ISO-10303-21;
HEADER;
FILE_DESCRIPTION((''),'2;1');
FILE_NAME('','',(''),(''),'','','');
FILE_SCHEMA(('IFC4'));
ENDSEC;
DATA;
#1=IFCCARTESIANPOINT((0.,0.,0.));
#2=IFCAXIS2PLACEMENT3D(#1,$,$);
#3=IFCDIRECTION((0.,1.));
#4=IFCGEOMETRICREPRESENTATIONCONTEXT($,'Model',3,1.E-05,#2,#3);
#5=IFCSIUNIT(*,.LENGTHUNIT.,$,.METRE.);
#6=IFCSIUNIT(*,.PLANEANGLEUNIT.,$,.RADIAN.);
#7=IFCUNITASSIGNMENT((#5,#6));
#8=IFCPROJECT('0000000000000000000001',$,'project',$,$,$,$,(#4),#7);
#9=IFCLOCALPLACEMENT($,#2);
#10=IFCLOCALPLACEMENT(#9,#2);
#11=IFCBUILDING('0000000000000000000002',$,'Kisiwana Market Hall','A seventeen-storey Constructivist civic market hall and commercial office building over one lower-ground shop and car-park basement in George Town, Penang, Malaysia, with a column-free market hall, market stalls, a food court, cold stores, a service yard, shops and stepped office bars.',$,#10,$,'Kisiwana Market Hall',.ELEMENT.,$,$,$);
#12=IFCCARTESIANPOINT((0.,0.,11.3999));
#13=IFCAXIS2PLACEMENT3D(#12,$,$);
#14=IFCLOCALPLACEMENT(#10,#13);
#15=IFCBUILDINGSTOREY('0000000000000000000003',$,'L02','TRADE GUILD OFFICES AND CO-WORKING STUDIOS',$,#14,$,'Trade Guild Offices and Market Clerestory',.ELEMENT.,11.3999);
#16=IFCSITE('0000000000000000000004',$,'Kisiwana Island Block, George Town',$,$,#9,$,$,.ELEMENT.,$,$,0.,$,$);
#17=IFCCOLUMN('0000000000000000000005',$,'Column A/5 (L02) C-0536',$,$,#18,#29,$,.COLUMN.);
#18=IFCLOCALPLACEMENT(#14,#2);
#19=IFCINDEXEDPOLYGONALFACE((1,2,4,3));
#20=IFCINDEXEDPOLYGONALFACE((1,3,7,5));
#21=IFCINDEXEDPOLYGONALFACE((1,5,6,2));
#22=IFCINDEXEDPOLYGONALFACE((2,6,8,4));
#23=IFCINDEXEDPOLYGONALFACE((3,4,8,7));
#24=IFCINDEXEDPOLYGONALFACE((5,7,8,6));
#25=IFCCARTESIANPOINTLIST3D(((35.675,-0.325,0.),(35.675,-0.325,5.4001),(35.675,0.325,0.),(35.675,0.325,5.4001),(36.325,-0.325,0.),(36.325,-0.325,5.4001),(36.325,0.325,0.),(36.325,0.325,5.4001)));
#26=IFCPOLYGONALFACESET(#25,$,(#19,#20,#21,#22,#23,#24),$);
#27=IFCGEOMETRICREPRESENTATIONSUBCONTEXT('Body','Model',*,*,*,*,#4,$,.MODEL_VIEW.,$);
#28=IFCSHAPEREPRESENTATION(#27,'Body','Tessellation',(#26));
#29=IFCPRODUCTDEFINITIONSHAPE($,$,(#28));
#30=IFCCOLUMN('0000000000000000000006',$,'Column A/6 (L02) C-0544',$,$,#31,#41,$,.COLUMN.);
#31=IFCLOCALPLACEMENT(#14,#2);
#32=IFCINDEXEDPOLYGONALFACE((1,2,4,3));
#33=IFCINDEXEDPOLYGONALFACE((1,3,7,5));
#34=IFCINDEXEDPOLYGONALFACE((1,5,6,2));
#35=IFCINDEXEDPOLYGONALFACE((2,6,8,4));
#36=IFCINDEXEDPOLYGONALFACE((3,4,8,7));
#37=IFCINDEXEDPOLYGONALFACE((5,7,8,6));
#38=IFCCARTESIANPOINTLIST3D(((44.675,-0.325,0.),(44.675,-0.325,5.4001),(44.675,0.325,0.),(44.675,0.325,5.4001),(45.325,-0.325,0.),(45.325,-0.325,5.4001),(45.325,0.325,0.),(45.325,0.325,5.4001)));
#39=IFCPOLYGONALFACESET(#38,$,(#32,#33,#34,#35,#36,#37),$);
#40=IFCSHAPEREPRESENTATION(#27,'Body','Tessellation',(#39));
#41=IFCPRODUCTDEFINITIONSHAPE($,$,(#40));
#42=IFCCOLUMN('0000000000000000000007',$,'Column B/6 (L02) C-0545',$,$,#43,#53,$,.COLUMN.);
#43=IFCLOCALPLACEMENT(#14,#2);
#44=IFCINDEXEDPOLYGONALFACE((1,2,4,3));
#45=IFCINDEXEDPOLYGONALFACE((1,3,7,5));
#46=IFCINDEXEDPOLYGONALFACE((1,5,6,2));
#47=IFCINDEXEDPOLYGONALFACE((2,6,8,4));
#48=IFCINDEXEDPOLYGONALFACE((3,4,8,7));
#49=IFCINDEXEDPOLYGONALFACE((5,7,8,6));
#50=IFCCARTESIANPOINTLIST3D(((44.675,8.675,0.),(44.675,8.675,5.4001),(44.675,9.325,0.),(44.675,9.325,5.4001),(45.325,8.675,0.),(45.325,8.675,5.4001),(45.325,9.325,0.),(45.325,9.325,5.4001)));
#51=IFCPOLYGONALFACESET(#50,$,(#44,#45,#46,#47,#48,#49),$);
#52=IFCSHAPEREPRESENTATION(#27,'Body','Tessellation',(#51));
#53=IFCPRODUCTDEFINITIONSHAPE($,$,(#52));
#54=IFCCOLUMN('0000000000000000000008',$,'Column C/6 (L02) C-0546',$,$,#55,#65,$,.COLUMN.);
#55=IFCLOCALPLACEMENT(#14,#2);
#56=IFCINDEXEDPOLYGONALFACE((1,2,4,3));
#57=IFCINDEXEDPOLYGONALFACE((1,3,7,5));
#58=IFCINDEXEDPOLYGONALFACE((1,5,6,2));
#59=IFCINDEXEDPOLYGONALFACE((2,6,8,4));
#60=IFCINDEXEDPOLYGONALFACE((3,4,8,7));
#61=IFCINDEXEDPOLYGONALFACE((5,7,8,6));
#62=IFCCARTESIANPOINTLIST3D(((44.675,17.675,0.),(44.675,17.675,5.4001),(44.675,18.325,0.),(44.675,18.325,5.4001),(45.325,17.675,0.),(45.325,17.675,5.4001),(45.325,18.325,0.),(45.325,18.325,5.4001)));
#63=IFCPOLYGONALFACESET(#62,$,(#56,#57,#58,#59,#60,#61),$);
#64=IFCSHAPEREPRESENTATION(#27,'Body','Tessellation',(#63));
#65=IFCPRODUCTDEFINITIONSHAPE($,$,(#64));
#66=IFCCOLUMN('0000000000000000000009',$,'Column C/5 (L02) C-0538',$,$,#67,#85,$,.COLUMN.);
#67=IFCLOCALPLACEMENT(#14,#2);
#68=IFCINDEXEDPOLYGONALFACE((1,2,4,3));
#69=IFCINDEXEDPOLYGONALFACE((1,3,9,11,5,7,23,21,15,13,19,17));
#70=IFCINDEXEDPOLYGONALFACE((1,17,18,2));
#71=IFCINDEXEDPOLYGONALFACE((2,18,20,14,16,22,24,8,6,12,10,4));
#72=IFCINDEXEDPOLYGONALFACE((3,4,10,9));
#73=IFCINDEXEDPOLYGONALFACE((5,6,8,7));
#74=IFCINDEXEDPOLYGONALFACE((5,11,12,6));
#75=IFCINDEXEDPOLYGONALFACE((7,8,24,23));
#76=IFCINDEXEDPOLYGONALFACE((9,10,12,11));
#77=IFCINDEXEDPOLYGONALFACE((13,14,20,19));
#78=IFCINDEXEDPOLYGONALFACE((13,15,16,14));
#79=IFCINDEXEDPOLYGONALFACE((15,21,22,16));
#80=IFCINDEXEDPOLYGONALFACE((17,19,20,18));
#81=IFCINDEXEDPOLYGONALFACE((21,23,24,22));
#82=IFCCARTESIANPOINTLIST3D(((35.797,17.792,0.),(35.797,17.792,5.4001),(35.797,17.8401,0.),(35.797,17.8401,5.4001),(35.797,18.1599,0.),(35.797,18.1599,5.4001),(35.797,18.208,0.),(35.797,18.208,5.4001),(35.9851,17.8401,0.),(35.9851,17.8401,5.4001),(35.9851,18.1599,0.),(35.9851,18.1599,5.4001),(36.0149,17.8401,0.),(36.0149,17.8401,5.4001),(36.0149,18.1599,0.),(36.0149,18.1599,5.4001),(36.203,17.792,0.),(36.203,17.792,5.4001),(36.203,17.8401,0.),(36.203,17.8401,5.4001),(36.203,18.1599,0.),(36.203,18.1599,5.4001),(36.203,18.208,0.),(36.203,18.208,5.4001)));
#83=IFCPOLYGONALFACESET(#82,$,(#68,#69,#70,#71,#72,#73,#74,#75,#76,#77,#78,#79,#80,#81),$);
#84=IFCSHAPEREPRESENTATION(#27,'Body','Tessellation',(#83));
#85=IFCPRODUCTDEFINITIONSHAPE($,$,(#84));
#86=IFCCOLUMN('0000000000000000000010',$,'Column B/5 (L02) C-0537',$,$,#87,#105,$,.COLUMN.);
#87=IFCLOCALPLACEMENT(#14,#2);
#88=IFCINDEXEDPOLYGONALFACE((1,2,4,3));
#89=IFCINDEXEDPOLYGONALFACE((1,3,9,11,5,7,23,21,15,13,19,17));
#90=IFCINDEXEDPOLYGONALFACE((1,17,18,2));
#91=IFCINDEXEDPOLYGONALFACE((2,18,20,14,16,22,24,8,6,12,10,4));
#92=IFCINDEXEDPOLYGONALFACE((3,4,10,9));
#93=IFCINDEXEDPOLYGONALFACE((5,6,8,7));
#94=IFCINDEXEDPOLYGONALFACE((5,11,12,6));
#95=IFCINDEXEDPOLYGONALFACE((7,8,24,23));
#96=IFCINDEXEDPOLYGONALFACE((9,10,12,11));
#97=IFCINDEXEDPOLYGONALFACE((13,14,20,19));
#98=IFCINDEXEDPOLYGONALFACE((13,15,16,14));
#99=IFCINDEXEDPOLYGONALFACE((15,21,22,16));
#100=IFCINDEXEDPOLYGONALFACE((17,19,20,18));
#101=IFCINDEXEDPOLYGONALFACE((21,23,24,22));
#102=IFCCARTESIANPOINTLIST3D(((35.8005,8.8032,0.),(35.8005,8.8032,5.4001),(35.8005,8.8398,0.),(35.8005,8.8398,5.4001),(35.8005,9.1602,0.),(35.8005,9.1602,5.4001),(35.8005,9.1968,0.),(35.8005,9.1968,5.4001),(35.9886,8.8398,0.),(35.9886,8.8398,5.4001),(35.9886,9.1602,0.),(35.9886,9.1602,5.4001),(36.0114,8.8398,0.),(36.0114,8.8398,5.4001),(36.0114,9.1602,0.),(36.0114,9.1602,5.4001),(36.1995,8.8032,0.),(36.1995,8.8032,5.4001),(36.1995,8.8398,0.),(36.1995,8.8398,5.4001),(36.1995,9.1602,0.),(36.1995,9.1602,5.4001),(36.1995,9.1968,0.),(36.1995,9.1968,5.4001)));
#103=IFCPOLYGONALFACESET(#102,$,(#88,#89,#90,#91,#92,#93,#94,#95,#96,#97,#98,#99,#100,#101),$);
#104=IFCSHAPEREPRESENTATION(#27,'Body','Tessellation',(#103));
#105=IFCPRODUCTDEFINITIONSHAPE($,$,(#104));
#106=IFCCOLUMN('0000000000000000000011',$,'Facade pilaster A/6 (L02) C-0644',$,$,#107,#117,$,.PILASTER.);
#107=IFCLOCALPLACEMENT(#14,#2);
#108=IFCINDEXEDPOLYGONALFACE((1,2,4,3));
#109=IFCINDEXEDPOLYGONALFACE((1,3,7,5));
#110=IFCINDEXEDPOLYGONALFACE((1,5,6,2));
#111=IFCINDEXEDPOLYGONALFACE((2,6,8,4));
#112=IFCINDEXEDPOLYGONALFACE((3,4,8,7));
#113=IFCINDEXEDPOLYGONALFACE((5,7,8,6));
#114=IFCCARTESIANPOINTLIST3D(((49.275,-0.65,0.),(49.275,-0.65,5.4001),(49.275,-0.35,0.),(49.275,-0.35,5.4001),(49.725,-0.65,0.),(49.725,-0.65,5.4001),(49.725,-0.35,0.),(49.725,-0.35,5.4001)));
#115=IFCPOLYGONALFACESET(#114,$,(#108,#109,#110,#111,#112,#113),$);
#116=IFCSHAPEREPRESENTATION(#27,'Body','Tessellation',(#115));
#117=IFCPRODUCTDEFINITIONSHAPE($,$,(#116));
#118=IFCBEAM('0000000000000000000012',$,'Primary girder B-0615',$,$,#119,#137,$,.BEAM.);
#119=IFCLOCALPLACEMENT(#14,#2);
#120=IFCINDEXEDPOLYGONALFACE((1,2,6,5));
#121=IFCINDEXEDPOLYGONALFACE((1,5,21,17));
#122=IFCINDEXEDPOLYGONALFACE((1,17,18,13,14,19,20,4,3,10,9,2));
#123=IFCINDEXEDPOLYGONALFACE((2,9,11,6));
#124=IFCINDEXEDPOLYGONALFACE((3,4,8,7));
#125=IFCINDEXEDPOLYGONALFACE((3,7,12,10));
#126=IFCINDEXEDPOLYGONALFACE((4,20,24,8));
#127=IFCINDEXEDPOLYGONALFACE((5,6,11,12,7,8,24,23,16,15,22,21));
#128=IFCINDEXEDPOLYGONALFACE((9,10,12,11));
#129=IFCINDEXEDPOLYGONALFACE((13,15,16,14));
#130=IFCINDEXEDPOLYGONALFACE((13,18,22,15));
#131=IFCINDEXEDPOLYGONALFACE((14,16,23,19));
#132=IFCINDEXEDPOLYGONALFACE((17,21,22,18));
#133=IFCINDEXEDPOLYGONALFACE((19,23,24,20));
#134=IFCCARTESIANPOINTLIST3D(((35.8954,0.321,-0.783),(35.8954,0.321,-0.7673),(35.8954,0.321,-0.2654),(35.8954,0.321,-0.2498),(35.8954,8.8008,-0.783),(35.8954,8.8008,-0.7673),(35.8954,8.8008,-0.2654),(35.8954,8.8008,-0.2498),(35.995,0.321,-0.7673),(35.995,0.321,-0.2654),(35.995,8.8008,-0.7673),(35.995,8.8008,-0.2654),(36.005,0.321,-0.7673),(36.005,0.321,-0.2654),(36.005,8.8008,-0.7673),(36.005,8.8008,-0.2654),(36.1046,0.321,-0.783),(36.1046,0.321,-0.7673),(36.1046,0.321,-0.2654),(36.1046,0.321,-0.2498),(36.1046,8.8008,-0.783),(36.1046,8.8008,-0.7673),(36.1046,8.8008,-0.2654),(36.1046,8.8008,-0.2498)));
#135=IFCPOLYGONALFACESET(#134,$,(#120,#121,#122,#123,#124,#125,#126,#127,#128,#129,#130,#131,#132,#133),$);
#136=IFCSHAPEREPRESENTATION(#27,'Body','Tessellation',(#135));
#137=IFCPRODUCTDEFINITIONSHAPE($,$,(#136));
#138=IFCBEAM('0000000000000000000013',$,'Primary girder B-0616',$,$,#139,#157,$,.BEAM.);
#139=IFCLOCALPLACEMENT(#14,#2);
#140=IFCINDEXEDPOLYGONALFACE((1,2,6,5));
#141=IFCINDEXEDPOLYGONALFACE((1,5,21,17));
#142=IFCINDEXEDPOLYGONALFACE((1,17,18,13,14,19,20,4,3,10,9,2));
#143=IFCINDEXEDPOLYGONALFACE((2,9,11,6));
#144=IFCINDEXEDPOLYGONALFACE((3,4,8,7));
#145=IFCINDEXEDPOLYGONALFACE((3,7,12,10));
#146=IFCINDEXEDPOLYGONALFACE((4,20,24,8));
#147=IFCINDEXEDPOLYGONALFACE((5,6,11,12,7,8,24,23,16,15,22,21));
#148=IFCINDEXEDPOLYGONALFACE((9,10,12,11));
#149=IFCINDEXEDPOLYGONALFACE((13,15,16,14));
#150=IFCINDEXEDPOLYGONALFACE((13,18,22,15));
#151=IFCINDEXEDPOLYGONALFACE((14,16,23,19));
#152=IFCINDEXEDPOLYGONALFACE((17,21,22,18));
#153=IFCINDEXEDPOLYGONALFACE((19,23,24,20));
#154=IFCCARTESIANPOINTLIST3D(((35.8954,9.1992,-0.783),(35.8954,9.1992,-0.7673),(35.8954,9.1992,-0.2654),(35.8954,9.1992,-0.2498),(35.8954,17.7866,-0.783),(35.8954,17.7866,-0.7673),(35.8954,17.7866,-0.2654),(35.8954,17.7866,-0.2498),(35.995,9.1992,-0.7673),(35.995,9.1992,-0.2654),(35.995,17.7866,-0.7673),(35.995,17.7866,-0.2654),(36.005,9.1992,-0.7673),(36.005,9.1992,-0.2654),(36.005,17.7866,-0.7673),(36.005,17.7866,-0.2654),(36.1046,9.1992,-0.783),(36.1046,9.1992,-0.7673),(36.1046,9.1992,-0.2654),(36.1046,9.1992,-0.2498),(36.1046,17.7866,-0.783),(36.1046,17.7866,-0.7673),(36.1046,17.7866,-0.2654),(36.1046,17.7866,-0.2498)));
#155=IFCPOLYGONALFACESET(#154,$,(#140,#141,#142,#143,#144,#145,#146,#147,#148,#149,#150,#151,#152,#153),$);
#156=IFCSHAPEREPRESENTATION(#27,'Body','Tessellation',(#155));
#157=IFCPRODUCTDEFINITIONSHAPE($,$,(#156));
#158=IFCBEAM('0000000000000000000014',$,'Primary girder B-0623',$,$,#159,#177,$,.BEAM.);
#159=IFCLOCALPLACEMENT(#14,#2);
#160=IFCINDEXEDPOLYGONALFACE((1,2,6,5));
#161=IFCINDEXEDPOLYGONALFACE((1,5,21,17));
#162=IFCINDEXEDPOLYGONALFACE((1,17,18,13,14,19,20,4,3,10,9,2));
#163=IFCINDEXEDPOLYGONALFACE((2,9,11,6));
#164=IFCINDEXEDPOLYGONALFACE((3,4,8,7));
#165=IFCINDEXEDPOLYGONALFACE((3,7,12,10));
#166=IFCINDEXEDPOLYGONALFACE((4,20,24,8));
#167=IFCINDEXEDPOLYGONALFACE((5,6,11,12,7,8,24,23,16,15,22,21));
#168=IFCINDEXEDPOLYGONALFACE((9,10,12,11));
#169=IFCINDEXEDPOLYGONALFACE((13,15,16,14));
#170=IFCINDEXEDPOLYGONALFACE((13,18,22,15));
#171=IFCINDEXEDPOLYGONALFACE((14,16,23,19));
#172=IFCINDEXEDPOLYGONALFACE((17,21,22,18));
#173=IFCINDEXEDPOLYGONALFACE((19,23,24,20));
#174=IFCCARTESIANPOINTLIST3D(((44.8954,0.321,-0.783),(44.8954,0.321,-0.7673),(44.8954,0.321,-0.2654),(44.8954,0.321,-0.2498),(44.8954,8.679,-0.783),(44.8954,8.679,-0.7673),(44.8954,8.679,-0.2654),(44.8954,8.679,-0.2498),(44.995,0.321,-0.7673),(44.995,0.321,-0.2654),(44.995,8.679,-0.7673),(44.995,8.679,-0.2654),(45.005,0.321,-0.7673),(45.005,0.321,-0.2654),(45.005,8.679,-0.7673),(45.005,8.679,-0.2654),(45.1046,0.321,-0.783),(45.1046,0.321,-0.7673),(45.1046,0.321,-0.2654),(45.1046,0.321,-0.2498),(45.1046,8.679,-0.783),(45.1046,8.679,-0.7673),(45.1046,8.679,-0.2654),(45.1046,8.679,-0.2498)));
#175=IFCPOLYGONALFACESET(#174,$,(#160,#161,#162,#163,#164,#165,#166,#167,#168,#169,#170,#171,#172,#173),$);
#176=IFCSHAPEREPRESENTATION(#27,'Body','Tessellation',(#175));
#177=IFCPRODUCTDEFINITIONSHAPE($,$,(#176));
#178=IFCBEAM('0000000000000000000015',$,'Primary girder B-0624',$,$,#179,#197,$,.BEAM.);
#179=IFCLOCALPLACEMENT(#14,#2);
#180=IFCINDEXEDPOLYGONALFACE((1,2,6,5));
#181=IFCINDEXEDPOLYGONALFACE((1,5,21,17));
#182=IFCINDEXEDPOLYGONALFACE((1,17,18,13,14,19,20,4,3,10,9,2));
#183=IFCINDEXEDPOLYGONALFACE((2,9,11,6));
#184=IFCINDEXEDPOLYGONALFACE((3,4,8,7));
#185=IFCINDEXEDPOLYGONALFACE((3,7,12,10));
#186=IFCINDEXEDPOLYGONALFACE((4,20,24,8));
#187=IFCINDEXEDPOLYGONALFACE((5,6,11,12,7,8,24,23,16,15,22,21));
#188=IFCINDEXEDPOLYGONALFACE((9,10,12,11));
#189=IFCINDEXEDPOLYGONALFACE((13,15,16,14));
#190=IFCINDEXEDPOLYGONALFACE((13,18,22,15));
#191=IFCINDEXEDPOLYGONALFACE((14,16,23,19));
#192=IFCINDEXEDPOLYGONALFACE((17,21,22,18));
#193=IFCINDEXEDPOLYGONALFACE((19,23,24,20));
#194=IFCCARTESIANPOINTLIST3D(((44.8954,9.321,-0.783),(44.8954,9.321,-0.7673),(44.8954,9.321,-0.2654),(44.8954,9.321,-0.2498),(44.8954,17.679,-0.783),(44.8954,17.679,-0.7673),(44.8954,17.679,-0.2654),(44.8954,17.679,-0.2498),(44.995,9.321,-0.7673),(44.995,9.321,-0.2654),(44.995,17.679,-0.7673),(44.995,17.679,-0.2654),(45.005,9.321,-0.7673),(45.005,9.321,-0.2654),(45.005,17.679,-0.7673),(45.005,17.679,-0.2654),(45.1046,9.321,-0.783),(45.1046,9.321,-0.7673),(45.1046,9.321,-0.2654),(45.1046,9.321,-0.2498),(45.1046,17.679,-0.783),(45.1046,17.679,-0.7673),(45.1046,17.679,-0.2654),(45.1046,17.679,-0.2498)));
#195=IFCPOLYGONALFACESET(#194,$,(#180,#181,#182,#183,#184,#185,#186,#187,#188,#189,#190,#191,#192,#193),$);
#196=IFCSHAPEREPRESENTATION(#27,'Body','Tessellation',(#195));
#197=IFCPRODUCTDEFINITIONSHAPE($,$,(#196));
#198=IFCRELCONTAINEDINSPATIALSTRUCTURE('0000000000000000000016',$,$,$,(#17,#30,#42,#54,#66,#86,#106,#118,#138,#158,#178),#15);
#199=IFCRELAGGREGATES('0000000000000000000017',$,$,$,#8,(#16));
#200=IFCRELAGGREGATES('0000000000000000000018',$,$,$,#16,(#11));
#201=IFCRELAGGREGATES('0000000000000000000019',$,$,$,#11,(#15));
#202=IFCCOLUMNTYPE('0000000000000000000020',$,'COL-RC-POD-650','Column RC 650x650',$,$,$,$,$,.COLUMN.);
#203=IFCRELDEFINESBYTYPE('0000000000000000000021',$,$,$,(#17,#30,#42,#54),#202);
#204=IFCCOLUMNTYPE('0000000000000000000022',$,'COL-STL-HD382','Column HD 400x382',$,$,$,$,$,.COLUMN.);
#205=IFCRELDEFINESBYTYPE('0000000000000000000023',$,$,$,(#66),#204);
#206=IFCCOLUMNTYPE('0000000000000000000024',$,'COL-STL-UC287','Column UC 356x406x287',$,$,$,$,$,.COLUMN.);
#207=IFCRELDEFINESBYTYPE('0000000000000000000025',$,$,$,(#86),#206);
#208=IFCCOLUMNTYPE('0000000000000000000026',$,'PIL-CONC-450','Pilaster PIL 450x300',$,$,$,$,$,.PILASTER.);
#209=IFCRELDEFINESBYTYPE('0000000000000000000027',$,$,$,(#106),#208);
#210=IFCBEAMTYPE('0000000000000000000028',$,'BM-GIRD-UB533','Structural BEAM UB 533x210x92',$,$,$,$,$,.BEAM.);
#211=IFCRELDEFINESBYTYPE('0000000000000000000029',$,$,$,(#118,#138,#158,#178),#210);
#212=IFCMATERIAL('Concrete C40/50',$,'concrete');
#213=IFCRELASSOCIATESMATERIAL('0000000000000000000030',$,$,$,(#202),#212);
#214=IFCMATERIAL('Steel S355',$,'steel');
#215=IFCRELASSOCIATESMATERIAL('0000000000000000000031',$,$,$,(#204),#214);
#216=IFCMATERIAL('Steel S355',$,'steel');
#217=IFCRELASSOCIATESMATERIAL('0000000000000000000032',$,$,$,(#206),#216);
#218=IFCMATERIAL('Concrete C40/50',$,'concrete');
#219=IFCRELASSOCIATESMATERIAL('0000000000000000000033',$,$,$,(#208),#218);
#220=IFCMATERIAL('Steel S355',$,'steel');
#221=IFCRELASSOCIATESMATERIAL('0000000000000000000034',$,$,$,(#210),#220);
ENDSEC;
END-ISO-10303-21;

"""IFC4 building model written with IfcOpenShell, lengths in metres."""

from ifc_helpers import new_model, si_unit, direction, frame, origin, origin_2d, place, context, subcontext, project, spatial, rectangle, i_section, extrude, material, material_profile, profile_set, type_object, element, save


model = new_model("IFC4")

# Units and contexts
model_context = context("Model", 3, precision=1e-05, world=origin(), true_north=direction((0.0, 1.0)))
body_context = subcontext(model_context, "Body", "Model", "MODEL_VIEW")
ifc_project = project(units=[si_unit("LENGTHUNIT", "METRE"), si_unit("PLANEANGLEUNIT", "RADIAN")], contexts=[model_context])

# Site, building, storey
site_placement = place(None, origin())
site = spatial("IfcSite", under=ifc_project, at=site_placement, Name="Kisiwana Island Block, George Town", CompositionType="ELEMENT", RefElevation=0.0)
building_placement = place(site_placement, origin())
building = spatial("IfcBuilding", under=site, at=building_placement, Name="Kisiwana Market Hall", Description="A seventeen-storey Constructivist civic market hall and commercial office building over one lower-ground shop and car-park basement in George Town, Penang, Malaysia, with a column-free market hall, market stalls, a food court, cold stores, a service yard, shops and stepped office bars.", LongName="Kisiwana Market Hall", CompositionType="ELEMENT")
storey_placement = place(building_placement, frame((0.0, 0.0, 11.3999)))
storey = spatial("IfcBuildingStorey", under=building, at=storey_placement, Name="L02", Description="TRADE GUILD OFFICES AND CO-WORKING STUDIOS", LongName="Trade Guild Offices and Market Clerestory", CompositionType="ELEMENT", Elevation=11.3999)

# Columns
ifc_material_1 = material(Name="Concrete C40/50", Category="concrete")
ifc_material_profile_1 = material_profile(ifc_material_1, rectangle(XDim=0.6499, YDim=0.6499, at=origin_2d()), Name="RC 650x650")
ifc_profile_set_1 = profile_set([ifc_material_profile_1], Name="Concrete C40/50")
column_type_1 = type_object("IfcColumnType", Name="COL-RC-POD-650", Description="Column RC 650x650", PredefinedType="COLUMN", material=ifc_profile_set_1)
for number, where, z_axis, x_axis, name in (
    (1, (36.0, 0.0, 0.0), (0.0, 0.0, 1.0), (1.0, 0.0, 0.0), "Column A/5 (L02) C-0536"),
    (2, (45.0, 0.0, 0.0), (0.0, 0.0, 1.0), (1.0, 0.0, 0.0), "Column A/6 (L02) C-0544"),
    (3, (45.0, 9.0, 0.0), (0.0, 0.0, 1.0), (1.0, 0.0, 0.0), "Column B/6 (L02) C-0545"),
    (4, (45.0, 18.0, 0.0), (0.0, 0.0, 1.0), (1.0, 0.0, 0.0), "Column C/6 (L02) C-0546"),
):
    element("IfcColumn", number, at=place(storey_placement, frame(where, z_axis=z_axis, x_axis=x_axis)), inside=storey, type_object=column_type_1, Name=name, PredefinedType="COLUMN", context=body_context, shape_type="SweptSolid", body=[
        extrude(rectangle(XDim=0.6499, YDim=0.6499, at=origin_2d()), origin(), (0.0, 0.0, 1.0), 5.4001),
    ])
ifc_material_2 = material(Name="Steel S355", Category="steel")
ifc_material_profile_2 = material_profile(ifc_material_2, i_section(OverallWidth=0.406, OverallDepth=0.416, WebThickness=0.0298, FlangeThickness=0.0481, at=origin_2d()), Name="HD 400x382")
ifc_profile_set_2 = profile_set([ifc_material_profile_2], Name="Steel S355")
column_type_2 = type_object("IfcColumnType", Name="COL-STL-HD382", Description="Column HD 400x382", PredefinedType="COLUMN", material=ifc_profile_set_2)
column_1_placement = place(storey_placement, frame((36.0, 18.0, 0.0), z_axis=(0.0, 0.0, 1.0), x_axis=(1.0, 0.0, 0.0)))
element("IfcColumn", 5, at=column_1_placement, inside=storey, type_object=column_type_2, Name="Column C/5 (L02) C-0538", PredefinedType="COLUMN", context=body_context, shape_type="SweptSolid", body=[
    extrude(i_section(OverallWidth=0.406, OverallDepth=0.416, WebThickness=0.0298, FlangeThickness=0.0481, at=origin_2d()), origin(), (0.0, 0.0, 1.0), 5.4001),
])
ifc_material_3 = material(Name="Steel S355", Category="steel")
ifc_material_profile_3 = material_profile(ifc_material_3, i_section(OverallWidth=0.3989, OverallDepth=0.3936, WebThickness=0.0227, FlangeThickness=0.0366, at=origin_2d()), Name="UC 356x406x287")
ifc_profile_set_3 = profile_set([ifc_material_profile_3], Name="Steel S355")
column_type_3 = type_object("IfcColumnType", Name="COL-STL-UC287", Description="Column UC 356x406x287", PredefinedType="COLUMN", material=ifc_profile_set_3)
column_2_placement = place(storey_placement, frame((36.0, 9.0, 0.0), z_axis=(0.0, 0.0, 1.0), x_axis=(1.0, 0.0, 0.0)))
element("IfcColumn", 6, at=column_2_placement, inside=storey, type_object=column_type_3, Name="Column B/5 (L02) C-0537", PredefinedType="COLUMN", context=body_context, shape_type="SweptSolid", body=[
    extrude(i_section(OverallWidth=0.3989, OverallDepth=0.3936, WebThickness=0.0227, FlangeThickness=0.0366, at=origin_2d()), origin(), (0.0, 0.0, 1.0), 5.4001),
])
ifc_material_4 = material(Name="Concrete C40/50", Category="concrete")
ifc_material_profile_4 = material_profile(ifc_material_4, rectangle(XDim=0.45, YDim=0.3, at=origin_2d()), Name="PIL 450x300")
ifc_profile_set_4 = profile_set([ifc_material_profile_4], Name="Concrete C40/50")
column_type_4 = type_object("IfcColumnType", Name="PIL-CONC-450", Description="Pilaster PIL 450x300", PredefinedType="PILASTER", material=ifc_profile_set_4)
column_3_placement = place(storey_placement, frame((49.5, -0.5, 0.0), z_axis=(0.0, 0.0, 1.0), x_axis=(1.0, 0.0, 0.0)))
element("IfcColumn", 7, at=column_3_placement, inside=storey, type_object=column_type_4, Name="Facade pilaster A/6 (L02) C-0644", PredefinedType="PILASTER", context=body_context, shape_type="SweptSolid", body=[
    extrude(rectangle(XDim=0.45, YDim=0.3, at=origin_2d()), origin(), (0.0, 0.0, 1.0), 5.4001),
])

# Beams
ifc_material_5 = material(Name="Steel S355", Category="steel")
ifc_material_profile_5 = material_profile(ifc_material_5, i_section(OverallWidth=0.2092, OverallDepth=0.5332, WebThickness=0.01, FlangeThickness=0.0156, at=origin_2d()), Name="UB 533x210x92")
ifc_profile_set_5 = profile_set([ifc_material_profile_5], Name="Steel S355")
beam_type_1 = type_object("IfcBeamType", Name="BM-GIRD-UB533", Description="Structural BEAM UB 533x210x92", PredefinedType="BEAM", material=ifc_profile_set_5)
beam_1_placement = place(storey_placement, frame((36.0, 0.321, -0.5164), z_axis=(0.0, 1.0, 0.0), x_axis=(-1.0, 0.0, 0.0)))
element("IfcBeam", 8, at=beam_1_placement, inside=storey, type_object=beam_type_1, Name="Primary girder B-0615", PredefinedType="BEAM", context=body_context, shape_type="SweptSolid", body=[
    extrude(i_section(OverallWidth=0.2092, OverallDepth=0.5332, WebThickness=0.01, FlangeThickness=0.0156, at=origin_2d()), origin(), (0.0, 0.0, 1.0), 8.4797),
])
beam_2_placement = place(storey_placement, frame((36.0, 9.1992, -0.5164), z_axis=(0.0, 1.0, 0.0), x_axis=(-1.0, 0.0, 0.0)))
element("IfcBeam", 9, at=beam_2_placement, inside=storey, type_object=beam_type_1, Name="Primary girder B-0616", PredefinedType="BEAM", context=body_context, shape_type="SweptSolid", body=[
    extrude(i_section(OverallWidth=0.2092, OverallDepth=0.5332, WebThickness=0.01, FlangeThickness=0.0156, at=origin_2d()), origin(), (0.0, 0.0, 1.0), 8.5874),
])
for number, where, z_axis, x_axis, name in (
    (10, (45.0, 0.321, -0.5164), (0.0, 1.0, 0.0), (-1.0, 0.0, 0.0), "Primary girder B-0623"),
    (11, (45.0, 9.321, -0.5164), (0.0, 1.0, 0.0), (-1.0, 0.0, 0.0), "Primary girder B-0624"),
):
    element("IfcBeam", number, at=place(storey_placement, frame(where, z_axis=z_axis, x_axis=x_axis)), inside=storey, type_object=beam_type_1, Name=name, PredefinedType="BEAM", context=body_context, shape_type="SweptSolid", body=[
        extrude(i_section(OverallWidth=0.2092, OverallDepth=0.5332, WebThickness=0.01, FlangeThickness=0.0156, at=origin_2d()), origin(), (0.0, 0.0, 1.0), 8.3579),
    ])

save(model, "model.ifc")
